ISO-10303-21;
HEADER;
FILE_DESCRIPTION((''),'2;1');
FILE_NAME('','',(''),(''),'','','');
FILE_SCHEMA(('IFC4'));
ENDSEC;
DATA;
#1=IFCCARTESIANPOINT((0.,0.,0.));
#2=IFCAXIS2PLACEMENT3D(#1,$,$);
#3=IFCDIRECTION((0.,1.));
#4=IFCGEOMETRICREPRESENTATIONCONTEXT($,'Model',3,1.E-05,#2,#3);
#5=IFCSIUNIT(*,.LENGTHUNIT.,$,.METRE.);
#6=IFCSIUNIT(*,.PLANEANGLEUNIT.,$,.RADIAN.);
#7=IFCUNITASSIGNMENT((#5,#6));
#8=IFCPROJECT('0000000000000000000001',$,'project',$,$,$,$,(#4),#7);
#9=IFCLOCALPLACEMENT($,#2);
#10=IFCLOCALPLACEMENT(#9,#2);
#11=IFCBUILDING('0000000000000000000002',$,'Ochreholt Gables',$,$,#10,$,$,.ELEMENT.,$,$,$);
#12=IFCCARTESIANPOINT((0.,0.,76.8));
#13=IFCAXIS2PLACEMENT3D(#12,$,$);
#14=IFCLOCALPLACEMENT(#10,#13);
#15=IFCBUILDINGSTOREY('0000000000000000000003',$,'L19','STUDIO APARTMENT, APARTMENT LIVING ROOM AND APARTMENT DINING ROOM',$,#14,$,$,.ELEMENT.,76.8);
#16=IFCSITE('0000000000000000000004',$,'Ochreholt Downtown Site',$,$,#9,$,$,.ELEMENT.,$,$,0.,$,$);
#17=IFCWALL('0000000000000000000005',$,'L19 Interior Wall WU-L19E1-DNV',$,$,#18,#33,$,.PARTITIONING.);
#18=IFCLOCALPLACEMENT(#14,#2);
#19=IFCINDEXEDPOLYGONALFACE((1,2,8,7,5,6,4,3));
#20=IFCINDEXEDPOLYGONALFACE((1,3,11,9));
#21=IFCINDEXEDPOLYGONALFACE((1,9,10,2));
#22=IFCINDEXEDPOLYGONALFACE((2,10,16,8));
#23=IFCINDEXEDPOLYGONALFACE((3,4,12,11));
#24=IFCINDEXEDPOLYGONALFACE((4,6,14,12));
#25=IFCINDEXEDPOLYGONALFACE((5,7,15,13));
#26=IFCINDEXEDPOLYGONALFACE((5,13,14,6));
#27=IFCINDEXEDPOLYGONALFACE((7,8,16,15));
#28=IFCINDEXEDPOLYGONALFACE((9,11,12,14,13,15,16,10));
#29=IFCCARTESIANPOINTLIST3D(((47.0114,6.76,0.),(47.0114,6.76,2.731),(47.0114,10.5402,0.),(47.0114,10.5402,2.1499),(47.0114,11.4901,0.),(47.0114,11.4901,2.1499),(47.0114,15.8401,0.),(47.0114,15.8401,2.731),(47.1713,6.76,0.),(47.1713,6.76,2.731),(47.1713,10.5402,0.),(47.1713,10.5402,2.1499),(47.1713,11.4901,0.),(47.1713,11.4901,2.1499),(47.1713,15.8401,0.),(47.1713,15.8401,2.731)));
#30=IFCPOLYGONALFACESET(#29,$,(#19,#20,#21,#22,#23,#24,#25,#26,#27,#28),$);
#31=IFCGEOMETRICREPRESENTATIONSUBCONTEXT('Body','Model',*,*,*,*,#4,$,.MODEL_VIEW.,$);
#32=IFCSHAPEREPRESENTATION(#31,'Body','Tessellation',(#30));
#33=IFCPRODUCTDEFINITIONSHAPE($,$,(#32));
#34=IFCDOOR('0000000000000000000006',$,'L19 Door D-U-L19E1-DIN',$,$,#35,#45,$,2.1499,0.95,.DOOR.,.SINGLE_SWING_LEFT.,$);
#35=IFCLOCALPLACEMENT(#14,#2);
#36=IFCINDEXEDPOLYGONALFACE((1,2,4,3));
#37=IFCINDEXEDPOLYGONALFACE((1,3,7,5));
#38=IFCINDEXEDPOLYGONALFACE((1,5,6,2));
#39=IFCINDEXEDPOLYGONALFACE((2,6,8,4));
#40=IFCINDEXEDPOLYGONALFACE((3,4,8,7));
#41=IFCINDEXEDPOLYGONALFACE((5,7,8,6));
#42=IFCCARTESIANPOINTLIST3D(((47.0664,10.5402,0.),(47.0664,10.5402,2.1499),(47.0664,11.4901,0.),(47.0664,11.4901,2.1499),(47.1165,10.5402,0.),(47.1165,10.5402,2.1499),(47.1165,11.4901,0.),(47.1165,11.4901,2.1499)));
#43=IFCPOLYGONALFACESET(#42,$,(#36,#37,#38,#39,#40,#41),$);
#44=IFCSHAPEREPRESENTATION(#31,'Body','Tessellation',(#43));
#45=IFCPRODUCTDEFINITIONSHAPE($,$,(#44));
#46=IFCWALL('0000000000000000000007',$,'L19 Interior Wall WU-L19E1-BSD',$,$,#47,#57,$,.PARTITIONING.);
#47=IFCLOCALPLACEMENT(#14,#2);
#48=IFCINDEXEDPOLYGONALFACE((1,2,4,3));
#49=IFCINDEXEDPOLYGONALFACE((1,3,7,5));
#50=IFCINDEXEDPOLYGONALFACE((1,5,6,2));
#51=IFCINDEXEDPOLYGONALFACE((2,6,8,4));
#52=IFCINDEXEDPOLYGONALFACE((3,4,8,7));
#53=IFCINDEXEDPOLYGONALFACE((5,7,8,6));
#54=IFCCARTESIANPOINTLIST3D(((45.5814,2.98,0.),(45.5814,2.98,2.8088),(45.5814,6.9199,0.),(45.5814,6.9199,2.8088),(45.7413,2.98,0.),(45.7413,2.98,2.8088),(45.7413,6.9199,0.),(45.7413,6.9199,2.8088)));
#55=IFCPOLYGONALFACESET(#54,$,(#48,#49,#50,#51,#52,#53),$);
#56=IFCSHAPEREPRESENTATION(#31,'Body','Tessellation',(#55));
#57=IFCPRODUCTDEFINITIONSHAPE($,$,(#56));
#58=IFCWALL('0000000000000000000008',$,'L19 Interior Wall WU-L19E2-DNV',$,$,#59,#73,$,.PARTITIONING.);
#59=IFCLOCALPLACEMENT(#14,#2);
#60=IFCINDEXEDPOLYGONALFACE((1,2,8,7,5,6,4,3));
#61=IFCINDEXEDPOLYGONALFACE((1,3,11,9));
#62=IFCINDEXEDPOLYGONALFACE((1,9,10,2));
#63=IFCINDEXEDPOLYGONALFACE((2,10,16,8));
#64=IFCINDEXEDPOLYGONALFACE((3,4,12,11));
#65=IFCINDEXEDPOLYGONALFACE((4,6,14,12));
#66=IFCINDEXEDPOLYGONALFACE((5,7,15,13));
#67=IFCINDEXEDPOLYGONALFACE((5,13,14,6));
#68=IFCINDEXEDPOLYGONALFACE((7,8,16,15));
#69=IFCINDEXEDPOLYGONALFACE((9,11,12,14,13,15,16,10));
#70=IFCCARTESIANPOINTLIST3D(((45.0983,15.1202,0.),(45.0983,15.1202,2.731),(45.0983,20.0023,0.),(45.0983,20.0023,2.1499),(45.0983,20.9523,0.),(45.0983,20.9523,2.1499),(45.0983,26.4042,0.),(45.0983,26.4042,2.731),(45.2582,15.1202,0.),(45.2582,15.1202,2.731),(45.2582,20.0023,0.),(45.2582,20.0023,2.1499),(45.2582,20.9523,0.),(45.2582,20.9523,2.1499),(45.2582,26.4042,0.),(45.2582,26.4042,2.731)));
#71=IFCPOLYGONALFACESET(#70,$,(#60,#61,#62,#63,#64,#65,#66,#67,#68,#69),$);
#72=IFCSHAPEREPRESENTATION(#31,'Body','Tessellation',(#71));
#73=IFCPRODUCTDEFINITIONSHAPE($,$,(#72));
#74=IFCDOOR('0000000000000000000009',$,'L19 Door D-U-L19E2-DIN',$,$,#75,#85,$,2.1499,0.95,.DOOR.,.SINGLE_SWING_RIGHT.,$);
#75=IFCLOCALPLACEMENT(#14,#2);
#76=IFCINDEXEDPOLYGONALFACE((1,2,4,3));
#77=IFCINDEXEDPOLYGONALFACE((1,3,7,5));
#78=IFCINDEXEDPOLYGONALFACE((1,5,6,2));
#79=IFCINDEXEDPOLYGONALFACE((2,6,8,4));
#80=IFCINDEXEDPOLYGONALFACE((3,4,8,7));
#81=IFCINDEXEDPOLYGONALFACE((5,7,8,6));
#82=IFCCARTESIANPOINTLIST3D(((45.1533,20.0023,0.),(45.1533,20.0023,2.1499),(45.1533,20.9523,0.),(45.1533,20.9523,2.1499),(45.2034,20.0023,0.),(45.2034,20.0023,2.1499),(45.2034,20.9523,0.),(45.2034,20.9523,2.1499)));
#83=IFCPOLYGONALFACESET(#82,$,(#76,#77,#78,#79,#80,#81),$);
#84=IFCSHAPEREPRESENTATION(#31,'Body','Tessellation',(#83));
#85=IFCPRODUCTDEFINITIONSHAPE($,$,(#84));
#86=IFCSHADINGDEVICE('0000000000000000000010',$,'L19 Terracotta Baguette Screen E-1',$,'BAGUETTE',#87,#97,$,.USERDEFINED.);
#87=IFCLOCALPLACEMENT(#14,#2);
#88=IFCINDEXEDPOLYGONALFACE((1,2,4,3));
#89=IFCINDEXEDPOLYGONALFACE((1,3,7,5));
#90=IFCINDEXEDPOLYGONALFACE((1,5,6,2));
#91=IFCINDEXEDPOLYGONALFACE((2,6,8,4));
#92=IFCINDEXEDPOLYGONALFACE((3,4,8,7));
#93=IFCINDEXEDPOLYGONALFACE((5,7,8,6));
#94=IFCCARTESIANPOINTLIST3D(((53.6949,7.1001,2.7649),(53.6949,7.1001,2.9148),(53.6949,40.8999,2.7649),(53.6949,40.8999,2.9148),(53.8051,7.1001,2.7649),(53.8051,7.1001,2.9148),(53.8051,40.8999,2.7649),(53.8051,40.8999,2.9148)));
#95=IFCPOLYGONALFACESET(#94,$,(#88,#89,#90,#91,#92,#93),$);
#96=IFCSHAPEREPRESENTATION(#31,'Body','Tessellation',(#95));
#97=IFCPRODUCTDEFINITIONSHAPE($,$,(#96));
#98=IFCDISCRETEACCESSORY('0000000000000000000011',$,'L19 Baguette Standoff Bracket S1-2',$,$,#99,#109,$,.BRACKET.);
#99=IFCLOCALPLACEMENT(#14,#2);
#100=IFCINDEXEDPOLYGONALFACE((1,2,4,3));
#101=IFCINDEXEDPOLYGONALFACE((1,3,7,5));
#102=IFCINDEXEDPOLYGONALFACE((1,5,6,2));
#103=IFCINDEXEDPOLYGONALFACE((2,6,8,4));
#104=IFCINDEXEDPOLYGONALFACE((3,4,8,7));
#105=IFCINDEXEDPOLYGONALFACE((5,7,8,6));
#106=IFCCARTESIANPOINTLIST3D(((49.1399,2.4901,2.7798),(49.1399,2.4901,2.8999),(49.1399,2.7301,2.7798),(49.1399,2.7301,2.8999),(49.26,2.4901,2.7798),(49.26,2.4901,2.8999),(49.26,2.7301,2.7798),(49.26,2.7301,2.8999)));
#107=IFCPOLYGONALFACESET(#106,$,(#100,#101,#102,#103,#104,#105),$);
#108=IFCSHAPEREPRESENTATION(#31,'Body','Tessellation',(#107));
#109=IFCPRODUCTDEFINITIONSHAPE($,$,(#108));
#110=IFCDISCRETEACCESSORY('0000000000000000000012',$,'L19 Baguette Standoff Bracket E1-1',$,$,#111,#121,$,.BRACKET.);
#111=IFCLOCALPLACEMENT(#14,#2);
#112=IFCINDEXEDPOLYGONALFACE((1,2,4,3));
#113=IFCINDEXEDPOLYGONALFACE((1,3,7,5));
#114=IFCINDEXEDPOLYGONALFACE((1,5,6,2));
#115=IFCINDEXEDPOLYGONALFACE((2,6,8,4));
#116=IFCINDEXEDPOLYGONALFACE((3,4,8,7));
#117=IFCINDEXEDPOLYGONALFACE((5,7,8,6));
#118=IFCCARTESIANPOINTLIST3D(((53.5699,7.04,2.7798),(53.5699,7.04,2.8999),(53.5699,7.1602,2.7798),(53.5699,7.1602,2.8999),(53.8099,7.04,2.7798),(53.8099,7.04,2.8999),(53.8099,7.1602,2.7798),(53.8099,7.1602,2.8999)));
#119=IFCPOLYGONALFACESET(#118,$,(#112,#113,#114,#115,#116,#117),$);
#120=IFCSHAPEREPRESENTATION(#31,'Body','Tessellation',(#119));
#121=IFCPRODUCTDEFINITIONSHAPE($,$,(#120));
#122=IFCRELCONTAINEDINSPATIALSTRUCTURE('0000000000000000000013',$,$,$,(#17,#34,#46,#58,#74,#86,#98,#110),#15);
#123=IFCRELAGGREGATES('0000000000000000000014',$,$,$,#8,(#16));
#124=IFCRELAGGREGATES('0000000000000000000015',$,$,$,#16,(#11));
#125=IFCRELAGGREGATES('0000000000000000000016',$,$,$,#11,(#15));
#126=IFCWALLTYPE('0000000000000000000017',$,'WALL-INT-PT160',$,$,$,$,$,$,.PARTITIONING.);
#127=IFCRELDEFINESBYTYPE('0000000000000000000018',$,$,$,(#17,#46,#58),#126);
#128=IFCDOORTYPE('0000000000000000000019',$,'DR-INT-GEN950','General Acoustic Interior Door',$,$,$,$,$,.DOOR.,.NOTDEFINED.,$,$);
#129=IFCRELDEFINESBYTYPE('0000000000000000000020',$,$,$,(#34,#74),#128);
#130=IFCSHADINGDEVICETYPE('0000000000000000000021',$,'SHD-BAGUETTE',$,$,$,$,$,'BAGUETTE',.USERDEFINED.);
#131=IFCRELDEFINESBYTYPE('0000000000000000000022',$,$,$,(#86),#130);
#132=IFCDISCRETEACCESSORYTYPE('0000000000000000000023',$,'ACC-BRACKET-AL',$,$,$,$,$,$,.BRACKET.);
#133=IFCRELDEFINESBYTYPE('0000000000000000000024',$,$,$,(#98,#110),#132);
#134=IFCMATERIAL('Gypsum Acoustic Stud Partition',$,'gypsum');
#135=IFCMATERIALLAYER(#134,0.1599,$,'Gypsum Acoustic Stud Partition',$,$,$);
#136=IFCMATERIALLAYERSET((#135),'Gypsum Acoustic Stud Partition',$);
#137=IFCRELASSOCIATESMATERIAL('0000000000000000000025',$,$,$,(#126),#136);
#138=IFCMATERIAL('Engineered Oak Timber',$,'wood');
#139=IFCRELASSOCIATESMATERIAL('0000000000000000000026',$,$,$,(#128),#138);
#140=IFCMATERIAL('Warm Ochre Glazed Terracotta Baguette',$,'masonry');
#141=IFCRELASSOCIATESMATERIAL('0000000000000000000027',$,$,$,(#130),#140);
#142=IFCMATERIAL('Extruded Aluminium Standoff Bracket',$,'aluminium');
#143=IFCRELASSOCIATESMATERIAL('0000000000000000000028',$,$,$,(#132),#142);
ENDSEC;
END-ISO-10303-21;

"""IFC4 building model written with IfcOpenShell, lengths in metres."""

from ifc_helpers import new_model, si_unit, direction, frame, frame_2d, origin, origin_2d, place, context, subcontext, project, spatial, rectangle, extrude, material, layer, layer_set, material_profile, profile_set, type_object, element, fill, save


model = new_model("IFC4")

# Units and contexts
model_context = context("Model", 3, precision=1e-05, world=origin(), true_north=direction((0.0, 1.0)))
body_context = subcontext(model_context, "Body", "Model", "MODEL_VIEW")
ifc_project = project(units=[si_unit("LENGTHUNIT", "METRE"), si_unit("PLANEANGLEUNIT", "RADIAN")], contexts=[model_context])

# Site, building, storey
site_placement = place(None, origin())
site = spatial("IfcSite", under=ifc_project, at=site_placement, Name="Ochreholt Downtown Site", CompositionType="ELEMENT", RefElevation=0.0)
building_placement = place(site_placement, origin())
building = spatial("IfcBuilding", under=site, at=building_placement, Name="Ochreholt Gables", CompositionType="ELEMENT")
storey_placement = place(building_placement, frame((0.0, 0.0, 76.8)))
storey = spatial("IfcBuildingStorey", under=building, at=storey_placement, Name="L19", Description="STUDIO APARTMENT, APARTMENT LIVING ROOM AND APARTMENT DINING ROOM", CompositionType="ELEMENT", Elevation=76.8)

# Wall, opening, door
ifc_material_1 = material(Name="Gypsum Acoustic Stud Partition", Category="gypsum")
ifc_layer_1 = layer(ifc_material_1, 0.1599, Name="Gypsum Acoustic Stud Partition")
ifc_layer_set_1 = layer_set([ifc_layer_1], Name="Gypsum Acoustic Stud Partition")
wall_type_1 = type_object("IfcWallType", Name="WALL-INT-PT160", PredefinedType="PARTITIONING", material=ifc_layer_set_1)
wall_1_placement = place(storey_placement, frame((47.0913, 6.76, 0.0), z_axis=(0.0, 0.0, 1.0), x_axis=(0.0, 1.0, 0.0)))
wall_1 = element("IfcWall", 1, at=wall_1_placement, inside=storey, type_object=wall_type_1, Name="L19 Interior Wall WU-L19E1-DNV", PredefinedType="PARTITIONING", context=body_context, shape_type="SweptSolid", body=[
    extrude(rectangle(XDim=9.0801, YDim=0.1599, at=frame_2d((4.54, 0.0))), origin(), (0.0, 0.0, 1.0), 2.731),
])
opening_1_placement = place(wall_1_placement, frame((3.78, 0.0, 0.0)))
opening_1 = element("IfcOpeningElement", 2, at=opening_1_placement, cuts=wall_1, PredefinedType="OPENING", context=body_context, shape_type="SweptSolid", body=[
    extrude(rectangle(XDim=0.95, YDim=2.1499, at=frame_2d((0.4751, 1.075))), frame((0.0, 0.0898, 0.0), z_axis=(0.0, -1.0, 0.0), x_axis=(1.0, 0.0, 0.0)), (0.0, 0.0, 1.0), 0.1799),
])
ifc_material_2 = material(Name="Engineered Oak Timber", Category="wood")
door_type = type_object("IfcDoorType", Name="DR-INT-GEN950", Description="General Acoustic Interior Door", OperationType="NOTDEFINED", PredefinedType="DOOR", material=ifc_material_2)
door_1_placement = place(opening_1_placement, origin())
door_1 = element("IfcDoor", 3, at=door_1_placement, inside=storey, type_object=door_type, Name="L19 Door D-U-L19E1-DIN", OperationType="SINGLE_SWING_LEFT", OverallHeight=2.1499, OverallWidth=0.95, PredefinedType="DOOR", context=body_context, shape_type="SweptSolid", body=[
    extrude(rectangle(XDim=0.95, YDim=2.1499, at=frame_2d((0.4751, 1.075))), frame((0.0, 0.0249, 0.0), z_axis=(0.0, -1.0, 0.0), x_axis=(1.0, 0.0, 0.0)), (0.0, 0.0, 1.0), 0.05),
])
fill(opening_1, door_1)

# Wall
wall_2_placement = place(storey_placement, frame((45.6614, 2.98, 0.0), z_axis=(0.0, 0.0, 1.0), x_axis=(0.0, 1.0, 0.0)))
element("IfcWall", 4, at=wall_2_placement, inside=storey, type_object=wall_type_1, Name="L19 Interior Wall WU-L19E1-BSD", PredefinedType="PARTITIONING", context=body_context, shape_type="SweptSolid", body=[
    extrude(rectangle(XDim=3.9399, YDim=0.1599, at=frame_2d((1.97, 0.0))), origin(), (0.0, 0.0, 1.0), 2.8088),
])

# Wall, opening, door
wall_3_placement = place(storey_placement, frame((45.1782, 15.1201, 0.0), z_axis=(0.0, 0.0, 1.0), x_axis=(0.0, 1.0, 0.0)))
wall_3 = element("IfcWall", 5, at=wall_3_placement, inside=storey, type_object=wall_type_1, Name="L19 Interior Wall WU-L19E2-DNV", PredefinedType="PARTITIONING", context=body_context, shape_type="SweptSolid", body=[
    extrude(rectangle(XDim=11.2839, YDim=0.1599, at=frame_2d((5.6421, 0.0))), origin(), (0.0, 0.0, 1.0), 2.731),
])
opening_2_placement = place(wall_3_placement, frame((4.8821, 0.0, 0.0)))
opening_2 = element("IfcOpeningElement", 6, at=opening_2_placement, cuts=wall_3, PredefinedType="OPENING", context=body_context, shape_type="SweptSolid", body=[
    extrude(rectangle(XDim=0.95, YDim=2.1499, at=frame_2d((0.4751, 1.075))), frame((0.0, 0.0898, 0.0), z_axis=(0.0, -1.0, 0.0), x_axis=(1.0, 0.0, 0.0)), (0.0, 0.0, 1.0), 0.1799),
])
door_2_placement = place(opening_2_placement, origin())
door_2 = element("IfcDoor", 7, at=door_2_placement, inside=storey, type_object=door_type, Name="L19 Door D-U-L19E2-DIN", OperationType="SINGLE_SWING_RIGHT", OverallHeight=2.1499, OverallWidth=0.95, PredefinedType="DOOR", context=body_context, shape_type="SweptSolid", body=[
    extrude(rectangle(XDim=0.95, YDim=2.1499, at=frame_2d((0.4751, 1.075))), frame((0.0, 0.0249, 0.0), z_axis=(0.0, -1.0, 0.0), x_axis=(1.0, 0.0, 0.0)), (0.0, 0.0, 1.0), 0.05),
])
fill(opening_2, door_2)

# Shading device
ifc_material_3 = material(Name="Warm Ochre Glazed Terracotta Baguette", Category="masonry")
ifc_material_profile_1 = material_profile(ifc_material_3, rectangle(XDim=0.1101, YDim=0.1499, at=origin_2d()), Name="TCBAG110X150")
ifc_profile_set_1 = profile_set([ifc_material_profile_1], Name="Warm Ochre Glazed Terracotta Baguette")
shading_device_type = type_object("IfcShadingDeviceType", Name="SHD-BAGUETTE", ElementType="BAGUETTE", PredefinedType="USERDEFINED", material=ifc_profile_set_1)
shading_device_placement = place(storey_placement, frame((53.75, 7.1001, 2.8398), z_axis=(0.0, 1.0, 0.0), x_axis=(-1.0, 0.0, 0.0)))
element("IfcShadingDevice", 8, at=shading_device_placement, inside=storey, type_object=shading_device_type, Name="L19 Terracotta Baguette Screen E-1", ObjectType="BAGUETTE", PredefinedType="USERDEFINED", context=body_context, shape_type="SweptSolid", body=[
    extrude(rectangle(XDim=0.1101, YDim=0.1499, at=origin_2d()), origin(), (0.0, 0.0, 1.0), 33.7998),
])

# Discrete accessories
ifc_material_4 = material(Name="Extruded Aluminium Standoff Bracket", Category="aluminium")
discrete_accessory_type = type_object("IfcDiscreteAccessoryType", Name="ACC-BRACKET-AL", PredefinedType="BRACKET", material=ifc_material_4)
for number, where, z_axis, x_axis, name in (
    (9, (49.2, 2.6101, 2.7798), (0.0, 0.0, 1.0), (1.0, 0.0, 0.0), "L19 Baguette Standoff Bracket S1-2"),
    (10, (53.6899, 7.1001, 2.7798), (0.0, 0.0, 1.0), (0.0, 1.0, 0.0), "L19 Baguette Standoff Bracket E1-1"),
):
    element("IfcDiscreteAccessory", number, at=place(storey_placement, frame(where, z_axis=z_axis, x_axis=x_axis)), inside=storey, type_object=discrete_accessory_type, Name=name, PredefinedType="BRACKET", context=body_context, shape_type="SweptSolid", body=[
        extrude(rectangle(XDim=0.1201, YDim=0.24, at=origin_2d()), origin(), (0.0, 0.0, 1.0), 0.1201),
    ])

save(model, "model.ifc")
